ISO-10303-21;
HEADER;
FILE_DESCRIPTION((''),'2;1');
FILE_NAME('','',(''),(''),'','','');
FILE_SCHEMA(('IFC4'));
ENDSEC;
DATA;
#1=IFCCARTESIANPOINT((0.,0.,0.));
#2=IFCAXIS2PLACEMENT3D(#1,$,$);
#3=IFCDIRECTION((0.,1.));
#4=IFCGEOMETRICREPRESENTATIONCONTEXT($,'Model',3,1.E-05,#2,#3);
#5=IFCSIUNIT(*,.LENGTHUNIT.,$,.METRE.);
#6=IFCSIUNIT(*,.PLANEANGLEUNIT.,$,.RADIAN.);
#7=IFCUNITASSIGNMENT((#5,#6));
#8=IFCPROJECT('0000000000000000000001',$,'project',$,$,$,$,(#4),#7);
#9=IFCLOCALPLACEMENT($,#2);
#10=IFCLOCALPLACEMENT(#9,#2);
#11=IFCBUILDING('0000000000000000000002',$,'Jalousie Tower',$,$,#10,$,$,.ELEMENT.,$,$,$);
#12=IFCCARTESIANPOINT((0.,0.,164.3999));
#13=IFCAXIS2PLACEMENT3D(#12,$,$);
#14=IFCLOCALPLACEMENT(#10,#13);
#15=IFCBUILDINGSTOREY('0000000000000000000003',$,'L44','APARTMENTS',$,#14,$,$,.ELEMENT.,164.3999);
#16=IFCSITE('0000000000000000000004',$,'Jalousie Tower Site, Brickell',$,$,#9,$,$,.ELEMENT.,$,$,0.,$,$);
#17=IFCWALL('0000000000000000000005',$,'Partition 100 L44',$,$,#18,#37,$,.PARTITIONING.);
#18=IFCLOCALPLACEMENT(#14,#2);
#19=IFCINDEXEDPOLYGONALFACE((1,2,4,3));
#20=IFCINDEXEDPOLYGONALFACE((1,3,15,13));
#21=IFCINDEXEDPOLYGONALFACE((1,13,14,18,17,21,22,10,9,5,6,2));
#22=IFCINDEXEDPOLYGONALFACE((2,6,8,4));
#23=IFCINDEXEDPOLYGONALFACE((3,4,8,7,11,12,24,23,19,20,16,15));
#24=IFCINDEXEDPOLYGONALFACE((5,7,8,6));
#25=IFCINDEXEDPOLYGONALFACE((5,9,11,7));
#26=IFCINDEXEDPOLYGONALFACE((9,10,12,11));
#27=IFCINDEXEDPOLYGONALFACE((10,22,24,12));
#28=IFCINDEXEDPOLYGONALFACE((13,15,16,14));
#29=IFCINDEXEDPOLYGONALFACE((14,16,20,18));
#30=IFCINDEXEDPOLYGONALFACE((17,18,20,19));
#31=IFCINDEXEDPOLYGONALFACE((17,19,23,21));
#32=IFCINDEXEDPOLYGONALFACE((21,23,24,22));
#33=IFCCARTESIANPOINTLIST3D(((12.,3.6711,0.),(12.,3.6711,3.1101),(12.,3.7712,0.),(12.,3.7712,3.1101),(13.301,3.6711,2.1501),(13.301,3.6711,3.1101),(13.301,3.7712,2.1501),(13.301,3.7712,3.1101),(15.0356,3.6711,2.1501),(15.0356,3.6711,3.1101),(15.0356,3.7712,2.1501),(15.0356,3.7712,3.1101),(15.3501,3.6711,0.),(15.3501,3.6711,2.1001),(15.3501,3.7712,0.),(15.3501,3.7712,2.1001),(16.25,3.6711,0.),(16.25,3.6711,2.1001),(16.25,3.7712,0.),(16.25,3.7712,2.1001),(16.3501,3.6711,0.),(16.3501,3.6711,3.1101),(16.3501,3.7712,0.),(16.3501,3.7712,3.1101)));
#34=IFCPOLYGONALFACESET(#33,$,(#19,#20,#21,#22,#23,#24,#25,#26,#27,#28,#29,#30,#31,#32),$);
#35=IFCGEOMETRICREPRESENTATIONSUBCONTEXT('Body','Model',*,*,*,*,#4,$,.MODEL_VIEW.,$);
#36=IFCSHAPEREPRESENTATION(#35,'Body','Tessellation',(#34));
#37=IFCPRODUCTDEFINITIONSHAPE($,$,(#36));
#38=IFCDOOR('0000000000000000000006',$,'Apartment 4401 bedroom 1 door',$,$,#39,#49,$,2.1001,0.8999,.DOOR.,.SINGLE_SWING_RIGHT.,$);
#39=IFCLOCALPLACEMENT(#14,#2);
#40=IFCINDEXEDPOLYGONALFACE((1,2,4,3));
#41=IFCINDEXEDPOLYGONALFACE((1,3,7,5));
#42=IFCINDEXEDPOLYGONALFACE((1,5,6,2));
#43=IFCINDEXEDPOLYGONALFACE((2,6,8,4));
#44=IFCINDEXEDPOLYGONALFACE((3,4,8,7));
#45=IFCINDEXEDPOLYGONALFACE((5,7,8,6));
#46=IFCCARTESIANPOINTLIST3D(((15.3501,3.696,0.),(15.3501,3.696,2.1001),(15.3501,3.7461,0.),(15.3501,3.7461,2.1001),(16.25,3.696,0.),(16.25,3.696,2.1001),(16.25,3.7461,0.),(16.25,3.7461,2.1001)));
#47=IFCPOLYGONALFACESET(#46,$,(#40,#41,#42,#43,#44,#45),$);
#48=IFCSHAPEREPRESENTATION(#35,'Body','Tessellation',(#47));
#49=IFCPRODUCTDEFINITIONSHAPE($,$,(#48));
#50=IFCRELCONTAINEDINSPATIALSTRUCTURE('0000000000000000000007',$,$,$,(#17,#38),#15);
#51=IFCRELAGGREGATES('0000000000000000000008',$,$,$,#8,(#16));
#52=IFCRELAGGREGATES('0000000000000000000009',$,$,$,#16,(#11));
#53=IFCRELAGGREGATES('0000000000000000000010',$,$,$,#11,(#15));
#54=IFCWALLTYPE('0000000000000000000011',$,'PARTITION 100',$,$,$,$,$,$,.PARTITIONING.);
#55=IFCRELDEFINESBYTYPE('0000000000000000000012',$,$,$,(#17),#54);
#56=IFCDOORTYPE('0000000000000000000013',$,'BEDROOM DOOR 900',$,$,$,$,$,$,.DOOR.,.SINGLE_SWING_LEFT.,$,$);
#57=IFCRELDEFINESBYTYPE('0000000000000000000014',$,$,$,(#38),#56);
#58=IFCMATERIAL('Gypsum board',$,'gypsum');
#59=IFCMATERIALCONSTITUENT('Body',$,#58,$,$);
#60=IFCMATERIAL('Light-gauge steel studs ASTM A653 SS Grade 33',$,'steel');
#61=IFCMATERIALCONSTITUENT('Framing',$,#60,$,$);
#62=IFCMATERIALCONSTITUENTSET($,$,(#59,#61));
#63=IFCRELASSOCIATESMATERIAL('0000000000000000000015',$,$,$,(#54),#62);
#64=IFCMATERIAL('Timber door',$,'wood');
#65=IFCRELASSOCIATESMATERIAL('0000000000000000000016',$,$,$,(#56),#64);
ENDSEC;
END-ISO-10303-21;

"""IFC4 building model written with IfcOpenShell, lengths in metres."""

from ifc_helpers import new_model, si_unit, direction, frame, frame_2d, origin, place, context, subcontext, project, spatial, polyline, rectangle, outline, extrude, material, constituent, constituent_set, type_object, element, fill, save


model = new_model("IFC4")

# Units and contexts
model_context = context("Model", 3, precision=1e-05, world=origin(), true_north=direction((0.0, 1.0)))
body_context = subcontext(model_context, "Body", "Model", "MODEL_VIEW")
ifc_project = project(units=[si_unit("LENGTHUNIT", "METRE"), si_unit("PLANEANGLEUNIT", "RADIAN")], contexts=[model_context])

# Site, building, storey
site_placement = place(None, origin())
site = spatial("IfcSite", under=ifc_project, at=site_placement, Name="Jalousie Tower Site, Brickell", CompositionType="ELEMENT", RefElevation=0.0)
building_placement = place(site_placement, origin())
building = spatial("IfcBuilding", under=site, at=building_placement, Name="Jalousie Tower", CompositionType="ELEMENT")
storey_placement = place(building_placement, frame((0.0, 0.0, 164.3999)))
storey = spatial("IfcBuildingStorey", under=building, at=storey_placement, Name="L44", Description="APARTMENTS", CompositionType="ELEMENT", Elevation=164.3999)

# Wall, opening, door
ifc_material_1 = material(Name="Gypsum board", Category="gypsum")
ifc_constituent_1 = constituent(ifc_material_1, Name="Body")
ifc_material_2 = material(Name="Light-gauge steel studs ASTM A653 SS Grade 33", Category="steel")
ifc_constituent_2 = constituent(ifc_material_2, Name="Framing")
ifc_constituent_set_1 = constituent_set(constituents=[ifc_constituent_1, ifc_constituent_2])
wall_type_1 = type_object("IfcWallType", Name="PARTITION 100", PredefinedType="PARTITIONING", material=ifc_constituent_set_1)
wall_1_placement = place(storey_placement, frame((16.3501, 3.7212, 0.0), z_axis=(0.0, 0.0, 1.0), x_axis=(-1.0, 0.0, 0.0)))
wall_1 = element("IfcWall", 1, at=wall_1_placement, inside=storey, type_object=wall_type_1, Name="Partition 100 L44", PredefinedType="PARTITIONING", context=body_context, shape_type="SweptSolid", body=[
    extrude(outline(polyline([(0.0, 0.0), (4.3501, 0.0), (4.3501, 3.1101), (3.0491, 3.1101), (3.0491, 2.1501), (1.3145, 2.1501), (1.3145, 3.1101), (0.0, 3.1101), (0.0, 0.0)])), frame((0.0, 0.05, 0.0), z_axis=(0.0, -1.0, 0.0), x_axis=(1.0, 0.0, 0.0)), (0.0, 0.0, 1.0), 0.1001),
])
opening_1_placement = place(wall_1_placement, frame((0.1001, 0.0, 0.0)))
opening_1 = element("IfcOpeningElement", 2, at=opening_1_placement, cuts=wall_1, PredefinedType="OPENING", context=body_context, shape_type="SweptSolid", body=[
    extrude(rectangle(XDim=0.8999, YDim=2.1001, at=frame_2d((0.45, 1.05))), frame((0.0, 0.0601, 0.0), z_axis=(0.0, -1.0, 0.0), x_axis=(1.0, 0.0, 0.0)), (0.0, 0.0, 1.0), 0.1201),
])
ifc_material_3 = material(Name="Timber door", Category="wood")
door_type_1 = type_object("IfcDoorType", Name="BEDROOM DOOR 900", OperationType="SINGLE_SWING_LEFT", PredefinedType="DOOR", material=ifc_material_3)
door_1_placement = place(opening_1_placement, frame((0.8999, 0.0, 0.0), z_axis=(0.0, 0.0, 1.0), x_axis=(-1.0, 0.0, 0.0)))
door_1 = element("IfcDoor", 3, at=door_1_placement, inside=storey, type_object=door_type_1, Name="Apartment 4401 bedroom 1 door", OperationType="SINGLE_SWING_RIGHT", OverallHeight=2.1001, OverallWidth=0.8999, PredefinedType="DOOR", context=body_context, shape_type="SweptSolid", body=[
    extrude(rectangle(XDim=0.8999, YDim=2.1001, at=frame_2d((0.45, 1.05))), frame((0.0, 0.0249, 0.0), z_axis=(0.0, -1.0, 0.0), x_axis=(1.0, 0.0, 0.0)), (0.0, 0.0, 1.0), 0.05),
])
fill(opening_1, door_1)

save(model, "model.ifc")
